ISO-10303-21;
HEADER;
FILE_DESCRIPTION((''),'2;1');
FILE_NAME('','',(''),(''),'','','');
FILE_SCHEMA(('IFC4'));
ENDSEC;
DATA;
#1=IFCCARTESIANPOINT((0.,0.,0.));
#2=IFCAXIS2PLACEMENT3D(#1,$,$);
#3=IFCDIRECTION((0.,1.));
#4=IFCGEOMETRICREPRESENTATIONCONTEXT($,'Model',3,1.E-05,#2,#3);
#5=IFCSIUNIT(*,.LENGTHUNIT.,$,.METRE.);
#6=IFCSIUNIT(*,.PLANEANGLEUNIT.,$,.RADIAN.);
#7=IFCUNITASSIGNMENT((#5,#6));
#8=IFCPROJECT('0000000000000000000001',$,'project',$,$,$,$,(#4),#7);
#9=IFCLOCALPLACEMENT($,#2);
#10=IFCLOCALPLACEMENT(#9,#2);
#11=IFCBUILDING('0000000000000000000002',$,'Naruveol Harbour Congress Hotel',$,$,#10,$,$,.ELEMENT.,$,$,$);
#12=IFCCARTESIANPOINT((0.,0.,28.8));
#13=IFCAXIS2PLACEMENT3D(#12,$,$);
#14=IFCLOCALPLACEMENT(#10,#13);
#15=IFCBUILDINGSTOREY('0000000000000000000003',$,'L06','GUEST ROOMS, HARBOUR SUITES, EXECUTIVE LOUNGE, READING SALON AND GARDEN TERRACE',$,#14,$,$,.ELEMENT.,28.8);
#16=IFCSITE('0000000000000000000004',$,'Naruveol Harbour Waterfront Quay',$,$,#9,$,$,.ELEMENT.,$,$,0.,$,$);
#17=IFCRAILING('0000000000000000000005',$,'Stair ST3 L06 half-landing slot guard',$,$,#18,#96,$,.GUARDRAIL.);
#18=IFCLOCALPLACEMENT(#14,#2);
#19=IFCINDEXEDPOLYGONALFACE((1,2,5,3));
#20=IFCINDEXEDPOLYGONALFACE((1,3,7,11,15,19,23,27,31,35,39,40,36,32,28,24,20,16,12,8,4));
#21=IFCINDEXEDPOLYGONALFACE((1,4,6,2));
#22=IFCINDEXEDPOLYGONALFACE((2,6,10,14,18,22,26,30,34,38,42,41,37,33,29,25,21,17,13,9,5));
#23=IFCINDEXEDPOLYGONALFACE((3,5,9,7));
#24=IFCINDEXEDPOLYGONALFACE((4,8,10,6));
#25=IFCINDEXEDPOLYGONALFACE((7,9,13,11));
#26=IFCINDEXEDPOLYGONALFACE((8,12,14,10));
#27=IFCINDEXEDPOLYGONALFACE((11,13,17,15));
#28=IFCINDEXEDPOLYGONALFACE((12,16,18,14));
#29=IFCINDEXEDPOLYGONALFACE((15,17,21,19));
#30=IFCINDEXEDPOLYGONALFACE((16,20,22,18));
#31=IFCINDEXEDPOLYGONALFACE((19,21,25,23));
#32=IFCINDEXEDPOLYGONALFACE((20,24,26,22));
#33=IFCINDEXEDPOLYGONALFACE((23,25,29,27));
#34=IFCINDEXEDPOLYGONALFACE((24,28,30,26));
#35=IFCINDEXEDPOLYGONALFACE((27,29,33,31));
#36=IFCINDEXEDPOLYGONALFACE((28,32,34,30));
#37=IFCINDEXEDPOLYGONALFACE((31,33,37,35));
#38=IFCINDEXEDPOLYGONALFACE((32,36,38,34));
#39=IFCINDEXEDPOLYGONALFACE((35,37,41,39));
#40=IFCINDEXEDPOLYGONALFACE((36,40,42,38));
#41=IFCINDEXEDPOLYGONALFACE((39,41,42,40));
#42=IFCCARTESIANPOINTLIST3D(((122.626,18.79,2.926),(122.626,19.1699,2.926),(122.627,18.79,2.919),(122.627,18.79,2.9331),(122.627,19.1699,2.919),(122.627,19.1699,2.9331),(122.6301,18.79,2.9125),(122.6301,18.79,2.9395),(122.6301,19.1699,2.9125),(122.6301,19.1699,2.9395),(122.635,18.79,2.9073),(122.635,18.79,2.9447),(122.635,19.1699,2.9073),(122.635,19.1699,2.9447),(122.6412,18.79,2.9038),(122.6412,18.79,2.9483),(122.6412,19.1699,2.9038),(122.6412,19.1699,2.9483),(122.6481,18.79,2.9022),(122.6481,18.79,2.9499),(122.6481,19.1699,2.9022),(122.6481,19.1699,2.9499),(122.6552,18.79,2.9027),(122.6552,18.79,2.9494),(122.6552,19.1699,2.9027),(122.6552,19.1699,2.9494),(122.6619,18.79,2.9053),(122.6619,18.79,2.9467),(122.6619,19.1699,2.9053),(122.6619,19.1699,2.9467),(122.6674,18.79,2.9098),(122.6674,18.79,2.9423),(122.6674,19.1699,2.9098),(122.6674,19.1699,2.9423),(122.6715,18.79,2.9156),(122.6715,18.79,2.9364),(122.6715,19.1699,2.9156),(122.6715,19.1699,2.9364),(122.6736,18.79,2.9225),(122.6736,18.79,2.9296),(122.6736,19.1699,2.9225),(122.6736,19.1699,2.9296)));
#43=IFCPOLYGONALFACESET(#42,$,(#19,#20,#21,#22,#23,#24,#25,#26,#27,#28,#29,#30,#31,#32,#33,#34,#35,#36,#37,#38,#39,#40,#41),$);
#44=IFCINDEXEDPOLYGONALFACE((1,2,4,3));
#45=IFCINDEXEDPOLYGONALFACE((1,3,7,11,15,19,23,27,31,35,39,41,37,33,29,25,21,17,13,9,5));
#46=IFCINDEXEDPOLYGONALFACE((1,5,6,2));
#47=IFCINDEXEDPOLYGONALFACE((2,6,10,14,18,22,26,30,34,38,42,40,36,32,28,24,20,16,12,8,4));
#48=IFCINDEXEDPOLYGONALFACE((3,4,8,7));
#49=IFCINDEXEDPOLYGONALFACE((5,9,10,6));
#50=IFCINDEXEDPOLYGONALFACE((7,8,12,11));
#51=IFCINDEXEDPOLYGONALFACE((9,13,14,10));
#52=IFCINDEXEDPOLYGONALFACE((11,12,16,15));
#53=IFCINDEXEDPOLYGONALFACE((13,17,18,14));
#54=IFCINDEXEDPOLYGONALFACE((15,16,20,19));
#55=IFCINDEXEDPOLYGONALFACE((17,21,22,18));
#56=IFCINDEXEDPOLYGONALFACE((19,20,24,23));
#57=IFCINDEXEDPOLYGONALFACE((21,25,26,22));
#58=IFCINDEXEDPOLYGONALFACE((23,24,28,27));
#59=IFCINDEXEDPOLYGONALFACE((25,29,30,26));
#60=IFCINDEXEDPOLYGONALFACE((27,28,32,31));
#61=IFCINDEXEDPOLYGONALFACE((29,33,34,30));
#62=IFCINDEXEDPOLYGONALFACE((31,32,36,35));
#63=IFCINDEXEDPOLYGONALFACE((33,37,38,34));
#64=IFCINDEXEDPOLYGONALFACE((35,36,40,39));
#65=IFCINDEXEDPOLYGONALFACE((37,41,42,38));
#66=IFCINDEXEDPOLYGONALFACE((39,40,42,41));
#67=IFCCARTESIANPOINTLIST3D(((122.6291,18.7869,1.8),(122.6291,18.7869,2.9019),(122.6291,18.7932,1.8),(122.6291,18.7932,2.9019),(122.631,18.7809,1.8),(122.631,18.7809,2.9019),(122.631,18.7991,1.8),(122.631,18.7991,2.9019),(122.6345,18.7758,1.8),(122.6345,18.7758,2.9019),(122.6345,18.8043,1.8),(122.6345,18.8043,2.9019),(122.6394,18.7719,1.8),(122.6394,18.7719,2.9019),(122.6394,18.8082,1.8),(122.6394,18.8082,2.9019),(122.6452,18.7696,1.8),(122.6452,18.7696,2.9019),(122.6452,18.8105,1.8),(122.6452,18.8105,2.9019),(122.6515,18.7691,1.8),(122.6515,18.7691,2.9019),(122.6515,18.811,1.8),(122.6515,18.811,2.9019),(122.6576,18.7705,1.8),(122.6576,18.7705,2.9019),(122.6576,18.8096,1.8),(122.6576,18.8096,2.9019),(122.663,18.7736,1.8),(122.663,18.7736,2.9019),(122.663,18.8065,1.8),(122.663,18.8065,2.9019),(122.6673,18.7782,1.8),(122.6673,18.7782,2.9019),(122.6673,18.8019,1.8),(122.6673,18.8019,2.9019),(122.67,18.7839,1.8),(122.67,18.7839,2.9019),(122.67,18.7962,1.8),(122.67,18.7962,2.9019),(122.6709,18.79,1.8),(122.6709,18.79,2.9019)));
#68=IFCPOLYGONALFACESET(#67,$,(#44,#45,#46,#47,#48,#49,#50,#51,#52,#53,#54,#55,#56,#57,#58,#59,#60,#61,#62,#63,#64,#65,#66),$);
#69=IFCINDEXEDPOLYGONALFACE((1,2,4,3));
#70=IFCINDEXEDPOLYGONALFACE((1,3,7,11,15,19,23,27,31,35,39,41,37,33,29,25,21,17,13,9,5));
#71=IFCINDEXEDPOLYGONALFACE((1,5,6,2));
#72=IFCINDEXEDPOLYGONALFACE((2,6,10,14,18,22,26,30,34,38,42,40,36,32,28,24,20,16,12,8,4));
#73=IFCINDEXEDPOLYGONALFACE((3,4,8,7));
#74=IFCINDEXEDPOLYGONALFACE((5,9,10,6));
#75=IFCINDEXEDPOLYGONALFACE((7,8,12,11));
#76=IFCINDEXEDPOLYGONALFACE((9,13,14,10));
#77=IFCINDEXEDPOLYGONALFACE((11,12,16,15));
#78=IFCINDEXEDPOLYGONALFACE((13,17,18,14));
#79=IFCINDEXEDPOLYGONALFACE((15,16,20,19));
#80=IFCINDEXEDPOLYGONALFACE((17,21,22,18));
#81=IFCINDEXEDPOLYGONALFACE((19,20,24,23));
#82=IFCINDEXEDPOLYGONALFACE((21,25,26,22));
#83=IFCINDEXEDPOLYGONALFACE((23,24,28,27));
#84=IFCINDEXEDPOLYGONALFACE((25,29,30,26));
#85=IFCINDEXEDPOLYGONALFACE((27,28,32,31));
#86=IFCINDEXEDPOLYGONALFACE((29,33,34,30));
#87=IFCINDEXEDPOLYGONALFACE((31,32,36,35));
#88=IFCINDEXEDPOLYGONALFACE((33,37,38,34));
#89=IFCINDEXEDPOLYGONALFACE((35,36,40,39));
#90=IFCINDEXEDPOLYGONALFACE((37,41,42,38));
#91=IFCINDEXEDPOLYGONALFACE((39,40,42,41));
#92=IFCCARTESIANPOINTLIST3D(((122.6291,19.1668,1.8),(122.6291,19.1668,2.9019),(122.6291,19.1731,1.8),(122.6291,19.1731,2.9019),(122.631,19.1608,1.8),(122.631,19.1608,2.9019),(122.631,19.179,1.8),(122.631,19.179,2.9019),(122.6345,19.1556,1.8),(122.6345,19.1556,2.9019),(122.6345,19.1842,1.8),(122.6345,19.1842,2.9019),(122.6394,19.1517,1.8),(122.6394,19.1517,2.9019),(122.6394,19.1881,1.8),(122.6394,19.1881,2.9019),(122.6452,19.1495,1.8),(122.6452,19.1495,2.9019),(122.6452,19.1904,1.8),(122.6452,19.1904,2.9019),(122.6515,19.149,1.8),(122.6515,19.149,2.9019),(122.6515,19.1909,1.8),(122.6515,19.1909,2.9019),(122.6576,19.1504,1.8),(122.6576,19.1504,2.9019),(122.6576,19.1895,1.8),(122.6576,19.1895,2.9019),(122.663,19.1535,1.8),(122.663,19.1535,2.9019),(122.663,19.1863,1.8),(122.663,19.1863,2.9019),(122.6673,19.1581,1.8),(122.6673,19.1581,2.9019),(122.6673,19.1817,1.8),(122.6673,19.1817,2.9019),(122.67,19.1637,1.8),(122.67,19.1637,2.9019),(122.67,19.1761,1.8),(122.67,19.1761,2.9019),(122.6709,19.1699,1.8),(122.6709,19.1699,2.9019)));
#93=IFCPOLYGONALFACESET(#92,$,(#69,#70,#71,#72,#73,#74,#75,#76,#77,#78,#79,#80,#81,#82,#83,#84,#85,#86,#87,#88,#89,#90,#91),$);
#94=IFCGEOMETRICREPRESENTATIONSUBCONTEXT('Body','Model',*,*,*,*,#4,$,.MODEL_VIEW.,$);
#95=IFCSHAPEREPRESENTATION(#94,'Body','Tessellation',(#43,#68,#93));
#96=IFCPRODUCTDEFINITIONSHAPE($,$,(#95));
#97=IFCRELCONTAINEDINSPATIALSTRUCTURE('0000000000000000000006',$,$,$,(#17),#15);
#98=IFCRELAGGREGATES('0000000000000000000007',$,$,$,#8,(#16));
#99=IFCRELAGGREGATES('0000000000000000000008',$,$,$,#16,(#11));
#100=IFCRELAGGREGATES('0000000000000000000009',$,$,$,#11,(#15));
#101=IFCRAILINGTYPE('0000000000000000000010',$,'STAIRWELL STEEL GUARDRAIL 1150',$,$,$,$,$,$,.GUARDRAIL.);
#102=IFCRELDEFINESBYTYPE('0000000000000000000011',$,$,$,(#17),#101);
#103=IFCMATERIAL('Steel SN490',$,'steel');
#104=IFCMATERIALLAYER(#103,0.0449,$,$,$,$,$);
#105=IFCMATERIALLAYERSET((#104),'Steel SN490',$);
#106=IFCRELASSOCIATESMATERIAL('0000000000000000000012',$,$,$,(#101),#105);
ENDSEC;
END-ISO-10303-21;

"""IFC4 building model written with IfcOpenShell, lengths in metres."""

from ifc_helpers import new_model, si_unit, direction, frame, origin, origin_2d, place, context, subcontext, project, spatial, circle, extrude, material, layer, layer_set, type_object, element, save


model = new_model("IFC4")

# Units and contexts
model_context = context("Model", 3, precision=1e-05, world=origin(), true_north=direction((0.0, 1.0)))
body_context = subcontext(model_context, "Body", "Model", "MODEL_VIEW")
ifc_project = project(units=[si_unit("LENGTHUNIT", "METRE"), si_unit("PLANEANGLEUNIT", "RADIAN")], contexts=[model_context])

# Site, building, storey
site_placement = place(None, origin())
site = spatial("IfcSite", under=ifc_project, at=site_placement, Name="Naruveol Harbour Waterfront Quay", CompositionType="ELEMENT", RefElevation=0.0)
building_placement = place(site_placement, origin())
building = spatial("IfcBuilding", under=site, at=building_placement, Name="Naruveol Harbour Congress Hotel", CompositionType="ELEMENT")
storey_placement = place(building_placement, frame((0.0, 0.0, 28.8)))
storey = spatial("IfcBuildingStorey", under=building, at=storey_placement, Name="L06", Description="GUEST ROOMS, HARBOUR SUITES, EXECUTIVE LOUNGE, READING SALON AND GARDEN TERRACE", CompositionType="ELEMENT", Elevation=28.8)

# Railing
ifc_material_1 = material(Name="Steel SN490", Category="steel")
ifc_layer_1 = layer(ifc_material_1, 0.0449)
ifc_layer_set_1 = layer_set([ifc_layer_1], Name="Steel SN490")
railing_type_1 = type_object("IfcRailingType", Name="STAIRWELL STEEL GUARDRAIL 1150", PredefinedType="GUARDRAIL", material=ifc_layer_set_1)
railing_1_placement = place(storey_placement, frame((122.6499, 18.79, 1.8)))
element("IfcRailing", 1, at=railing_1_placement, inside=storey, type_object=railing_type_1, Name="Stair ST3 L06 half-landing slot guard", PredefinedType="GUARDRAIL", context=body_context, shape_type="SweptSolid", body=[
    extrude(circle(Radius=0.0239, at=origin_2d()), frame((0.0, 0.0, 1.126), z_axis=(0.0, 1.0, 0.0), x_axis=(-1.0, 0.0, 0.0)), (0.0, 0.0, 1.0), 0.3799),
    extrude(circle(Radius=0.021, at=origin_2d()), origin(), (0.0, 0.0, 1.0), 1.1018),
    extrude(circle(Radius=0.021, at=origin_2d()), frame((0.0, 0.3799, 0.0)), (0.0, 0.0, 1.0), 1.1018),
])

save(model, "model.ifc")
